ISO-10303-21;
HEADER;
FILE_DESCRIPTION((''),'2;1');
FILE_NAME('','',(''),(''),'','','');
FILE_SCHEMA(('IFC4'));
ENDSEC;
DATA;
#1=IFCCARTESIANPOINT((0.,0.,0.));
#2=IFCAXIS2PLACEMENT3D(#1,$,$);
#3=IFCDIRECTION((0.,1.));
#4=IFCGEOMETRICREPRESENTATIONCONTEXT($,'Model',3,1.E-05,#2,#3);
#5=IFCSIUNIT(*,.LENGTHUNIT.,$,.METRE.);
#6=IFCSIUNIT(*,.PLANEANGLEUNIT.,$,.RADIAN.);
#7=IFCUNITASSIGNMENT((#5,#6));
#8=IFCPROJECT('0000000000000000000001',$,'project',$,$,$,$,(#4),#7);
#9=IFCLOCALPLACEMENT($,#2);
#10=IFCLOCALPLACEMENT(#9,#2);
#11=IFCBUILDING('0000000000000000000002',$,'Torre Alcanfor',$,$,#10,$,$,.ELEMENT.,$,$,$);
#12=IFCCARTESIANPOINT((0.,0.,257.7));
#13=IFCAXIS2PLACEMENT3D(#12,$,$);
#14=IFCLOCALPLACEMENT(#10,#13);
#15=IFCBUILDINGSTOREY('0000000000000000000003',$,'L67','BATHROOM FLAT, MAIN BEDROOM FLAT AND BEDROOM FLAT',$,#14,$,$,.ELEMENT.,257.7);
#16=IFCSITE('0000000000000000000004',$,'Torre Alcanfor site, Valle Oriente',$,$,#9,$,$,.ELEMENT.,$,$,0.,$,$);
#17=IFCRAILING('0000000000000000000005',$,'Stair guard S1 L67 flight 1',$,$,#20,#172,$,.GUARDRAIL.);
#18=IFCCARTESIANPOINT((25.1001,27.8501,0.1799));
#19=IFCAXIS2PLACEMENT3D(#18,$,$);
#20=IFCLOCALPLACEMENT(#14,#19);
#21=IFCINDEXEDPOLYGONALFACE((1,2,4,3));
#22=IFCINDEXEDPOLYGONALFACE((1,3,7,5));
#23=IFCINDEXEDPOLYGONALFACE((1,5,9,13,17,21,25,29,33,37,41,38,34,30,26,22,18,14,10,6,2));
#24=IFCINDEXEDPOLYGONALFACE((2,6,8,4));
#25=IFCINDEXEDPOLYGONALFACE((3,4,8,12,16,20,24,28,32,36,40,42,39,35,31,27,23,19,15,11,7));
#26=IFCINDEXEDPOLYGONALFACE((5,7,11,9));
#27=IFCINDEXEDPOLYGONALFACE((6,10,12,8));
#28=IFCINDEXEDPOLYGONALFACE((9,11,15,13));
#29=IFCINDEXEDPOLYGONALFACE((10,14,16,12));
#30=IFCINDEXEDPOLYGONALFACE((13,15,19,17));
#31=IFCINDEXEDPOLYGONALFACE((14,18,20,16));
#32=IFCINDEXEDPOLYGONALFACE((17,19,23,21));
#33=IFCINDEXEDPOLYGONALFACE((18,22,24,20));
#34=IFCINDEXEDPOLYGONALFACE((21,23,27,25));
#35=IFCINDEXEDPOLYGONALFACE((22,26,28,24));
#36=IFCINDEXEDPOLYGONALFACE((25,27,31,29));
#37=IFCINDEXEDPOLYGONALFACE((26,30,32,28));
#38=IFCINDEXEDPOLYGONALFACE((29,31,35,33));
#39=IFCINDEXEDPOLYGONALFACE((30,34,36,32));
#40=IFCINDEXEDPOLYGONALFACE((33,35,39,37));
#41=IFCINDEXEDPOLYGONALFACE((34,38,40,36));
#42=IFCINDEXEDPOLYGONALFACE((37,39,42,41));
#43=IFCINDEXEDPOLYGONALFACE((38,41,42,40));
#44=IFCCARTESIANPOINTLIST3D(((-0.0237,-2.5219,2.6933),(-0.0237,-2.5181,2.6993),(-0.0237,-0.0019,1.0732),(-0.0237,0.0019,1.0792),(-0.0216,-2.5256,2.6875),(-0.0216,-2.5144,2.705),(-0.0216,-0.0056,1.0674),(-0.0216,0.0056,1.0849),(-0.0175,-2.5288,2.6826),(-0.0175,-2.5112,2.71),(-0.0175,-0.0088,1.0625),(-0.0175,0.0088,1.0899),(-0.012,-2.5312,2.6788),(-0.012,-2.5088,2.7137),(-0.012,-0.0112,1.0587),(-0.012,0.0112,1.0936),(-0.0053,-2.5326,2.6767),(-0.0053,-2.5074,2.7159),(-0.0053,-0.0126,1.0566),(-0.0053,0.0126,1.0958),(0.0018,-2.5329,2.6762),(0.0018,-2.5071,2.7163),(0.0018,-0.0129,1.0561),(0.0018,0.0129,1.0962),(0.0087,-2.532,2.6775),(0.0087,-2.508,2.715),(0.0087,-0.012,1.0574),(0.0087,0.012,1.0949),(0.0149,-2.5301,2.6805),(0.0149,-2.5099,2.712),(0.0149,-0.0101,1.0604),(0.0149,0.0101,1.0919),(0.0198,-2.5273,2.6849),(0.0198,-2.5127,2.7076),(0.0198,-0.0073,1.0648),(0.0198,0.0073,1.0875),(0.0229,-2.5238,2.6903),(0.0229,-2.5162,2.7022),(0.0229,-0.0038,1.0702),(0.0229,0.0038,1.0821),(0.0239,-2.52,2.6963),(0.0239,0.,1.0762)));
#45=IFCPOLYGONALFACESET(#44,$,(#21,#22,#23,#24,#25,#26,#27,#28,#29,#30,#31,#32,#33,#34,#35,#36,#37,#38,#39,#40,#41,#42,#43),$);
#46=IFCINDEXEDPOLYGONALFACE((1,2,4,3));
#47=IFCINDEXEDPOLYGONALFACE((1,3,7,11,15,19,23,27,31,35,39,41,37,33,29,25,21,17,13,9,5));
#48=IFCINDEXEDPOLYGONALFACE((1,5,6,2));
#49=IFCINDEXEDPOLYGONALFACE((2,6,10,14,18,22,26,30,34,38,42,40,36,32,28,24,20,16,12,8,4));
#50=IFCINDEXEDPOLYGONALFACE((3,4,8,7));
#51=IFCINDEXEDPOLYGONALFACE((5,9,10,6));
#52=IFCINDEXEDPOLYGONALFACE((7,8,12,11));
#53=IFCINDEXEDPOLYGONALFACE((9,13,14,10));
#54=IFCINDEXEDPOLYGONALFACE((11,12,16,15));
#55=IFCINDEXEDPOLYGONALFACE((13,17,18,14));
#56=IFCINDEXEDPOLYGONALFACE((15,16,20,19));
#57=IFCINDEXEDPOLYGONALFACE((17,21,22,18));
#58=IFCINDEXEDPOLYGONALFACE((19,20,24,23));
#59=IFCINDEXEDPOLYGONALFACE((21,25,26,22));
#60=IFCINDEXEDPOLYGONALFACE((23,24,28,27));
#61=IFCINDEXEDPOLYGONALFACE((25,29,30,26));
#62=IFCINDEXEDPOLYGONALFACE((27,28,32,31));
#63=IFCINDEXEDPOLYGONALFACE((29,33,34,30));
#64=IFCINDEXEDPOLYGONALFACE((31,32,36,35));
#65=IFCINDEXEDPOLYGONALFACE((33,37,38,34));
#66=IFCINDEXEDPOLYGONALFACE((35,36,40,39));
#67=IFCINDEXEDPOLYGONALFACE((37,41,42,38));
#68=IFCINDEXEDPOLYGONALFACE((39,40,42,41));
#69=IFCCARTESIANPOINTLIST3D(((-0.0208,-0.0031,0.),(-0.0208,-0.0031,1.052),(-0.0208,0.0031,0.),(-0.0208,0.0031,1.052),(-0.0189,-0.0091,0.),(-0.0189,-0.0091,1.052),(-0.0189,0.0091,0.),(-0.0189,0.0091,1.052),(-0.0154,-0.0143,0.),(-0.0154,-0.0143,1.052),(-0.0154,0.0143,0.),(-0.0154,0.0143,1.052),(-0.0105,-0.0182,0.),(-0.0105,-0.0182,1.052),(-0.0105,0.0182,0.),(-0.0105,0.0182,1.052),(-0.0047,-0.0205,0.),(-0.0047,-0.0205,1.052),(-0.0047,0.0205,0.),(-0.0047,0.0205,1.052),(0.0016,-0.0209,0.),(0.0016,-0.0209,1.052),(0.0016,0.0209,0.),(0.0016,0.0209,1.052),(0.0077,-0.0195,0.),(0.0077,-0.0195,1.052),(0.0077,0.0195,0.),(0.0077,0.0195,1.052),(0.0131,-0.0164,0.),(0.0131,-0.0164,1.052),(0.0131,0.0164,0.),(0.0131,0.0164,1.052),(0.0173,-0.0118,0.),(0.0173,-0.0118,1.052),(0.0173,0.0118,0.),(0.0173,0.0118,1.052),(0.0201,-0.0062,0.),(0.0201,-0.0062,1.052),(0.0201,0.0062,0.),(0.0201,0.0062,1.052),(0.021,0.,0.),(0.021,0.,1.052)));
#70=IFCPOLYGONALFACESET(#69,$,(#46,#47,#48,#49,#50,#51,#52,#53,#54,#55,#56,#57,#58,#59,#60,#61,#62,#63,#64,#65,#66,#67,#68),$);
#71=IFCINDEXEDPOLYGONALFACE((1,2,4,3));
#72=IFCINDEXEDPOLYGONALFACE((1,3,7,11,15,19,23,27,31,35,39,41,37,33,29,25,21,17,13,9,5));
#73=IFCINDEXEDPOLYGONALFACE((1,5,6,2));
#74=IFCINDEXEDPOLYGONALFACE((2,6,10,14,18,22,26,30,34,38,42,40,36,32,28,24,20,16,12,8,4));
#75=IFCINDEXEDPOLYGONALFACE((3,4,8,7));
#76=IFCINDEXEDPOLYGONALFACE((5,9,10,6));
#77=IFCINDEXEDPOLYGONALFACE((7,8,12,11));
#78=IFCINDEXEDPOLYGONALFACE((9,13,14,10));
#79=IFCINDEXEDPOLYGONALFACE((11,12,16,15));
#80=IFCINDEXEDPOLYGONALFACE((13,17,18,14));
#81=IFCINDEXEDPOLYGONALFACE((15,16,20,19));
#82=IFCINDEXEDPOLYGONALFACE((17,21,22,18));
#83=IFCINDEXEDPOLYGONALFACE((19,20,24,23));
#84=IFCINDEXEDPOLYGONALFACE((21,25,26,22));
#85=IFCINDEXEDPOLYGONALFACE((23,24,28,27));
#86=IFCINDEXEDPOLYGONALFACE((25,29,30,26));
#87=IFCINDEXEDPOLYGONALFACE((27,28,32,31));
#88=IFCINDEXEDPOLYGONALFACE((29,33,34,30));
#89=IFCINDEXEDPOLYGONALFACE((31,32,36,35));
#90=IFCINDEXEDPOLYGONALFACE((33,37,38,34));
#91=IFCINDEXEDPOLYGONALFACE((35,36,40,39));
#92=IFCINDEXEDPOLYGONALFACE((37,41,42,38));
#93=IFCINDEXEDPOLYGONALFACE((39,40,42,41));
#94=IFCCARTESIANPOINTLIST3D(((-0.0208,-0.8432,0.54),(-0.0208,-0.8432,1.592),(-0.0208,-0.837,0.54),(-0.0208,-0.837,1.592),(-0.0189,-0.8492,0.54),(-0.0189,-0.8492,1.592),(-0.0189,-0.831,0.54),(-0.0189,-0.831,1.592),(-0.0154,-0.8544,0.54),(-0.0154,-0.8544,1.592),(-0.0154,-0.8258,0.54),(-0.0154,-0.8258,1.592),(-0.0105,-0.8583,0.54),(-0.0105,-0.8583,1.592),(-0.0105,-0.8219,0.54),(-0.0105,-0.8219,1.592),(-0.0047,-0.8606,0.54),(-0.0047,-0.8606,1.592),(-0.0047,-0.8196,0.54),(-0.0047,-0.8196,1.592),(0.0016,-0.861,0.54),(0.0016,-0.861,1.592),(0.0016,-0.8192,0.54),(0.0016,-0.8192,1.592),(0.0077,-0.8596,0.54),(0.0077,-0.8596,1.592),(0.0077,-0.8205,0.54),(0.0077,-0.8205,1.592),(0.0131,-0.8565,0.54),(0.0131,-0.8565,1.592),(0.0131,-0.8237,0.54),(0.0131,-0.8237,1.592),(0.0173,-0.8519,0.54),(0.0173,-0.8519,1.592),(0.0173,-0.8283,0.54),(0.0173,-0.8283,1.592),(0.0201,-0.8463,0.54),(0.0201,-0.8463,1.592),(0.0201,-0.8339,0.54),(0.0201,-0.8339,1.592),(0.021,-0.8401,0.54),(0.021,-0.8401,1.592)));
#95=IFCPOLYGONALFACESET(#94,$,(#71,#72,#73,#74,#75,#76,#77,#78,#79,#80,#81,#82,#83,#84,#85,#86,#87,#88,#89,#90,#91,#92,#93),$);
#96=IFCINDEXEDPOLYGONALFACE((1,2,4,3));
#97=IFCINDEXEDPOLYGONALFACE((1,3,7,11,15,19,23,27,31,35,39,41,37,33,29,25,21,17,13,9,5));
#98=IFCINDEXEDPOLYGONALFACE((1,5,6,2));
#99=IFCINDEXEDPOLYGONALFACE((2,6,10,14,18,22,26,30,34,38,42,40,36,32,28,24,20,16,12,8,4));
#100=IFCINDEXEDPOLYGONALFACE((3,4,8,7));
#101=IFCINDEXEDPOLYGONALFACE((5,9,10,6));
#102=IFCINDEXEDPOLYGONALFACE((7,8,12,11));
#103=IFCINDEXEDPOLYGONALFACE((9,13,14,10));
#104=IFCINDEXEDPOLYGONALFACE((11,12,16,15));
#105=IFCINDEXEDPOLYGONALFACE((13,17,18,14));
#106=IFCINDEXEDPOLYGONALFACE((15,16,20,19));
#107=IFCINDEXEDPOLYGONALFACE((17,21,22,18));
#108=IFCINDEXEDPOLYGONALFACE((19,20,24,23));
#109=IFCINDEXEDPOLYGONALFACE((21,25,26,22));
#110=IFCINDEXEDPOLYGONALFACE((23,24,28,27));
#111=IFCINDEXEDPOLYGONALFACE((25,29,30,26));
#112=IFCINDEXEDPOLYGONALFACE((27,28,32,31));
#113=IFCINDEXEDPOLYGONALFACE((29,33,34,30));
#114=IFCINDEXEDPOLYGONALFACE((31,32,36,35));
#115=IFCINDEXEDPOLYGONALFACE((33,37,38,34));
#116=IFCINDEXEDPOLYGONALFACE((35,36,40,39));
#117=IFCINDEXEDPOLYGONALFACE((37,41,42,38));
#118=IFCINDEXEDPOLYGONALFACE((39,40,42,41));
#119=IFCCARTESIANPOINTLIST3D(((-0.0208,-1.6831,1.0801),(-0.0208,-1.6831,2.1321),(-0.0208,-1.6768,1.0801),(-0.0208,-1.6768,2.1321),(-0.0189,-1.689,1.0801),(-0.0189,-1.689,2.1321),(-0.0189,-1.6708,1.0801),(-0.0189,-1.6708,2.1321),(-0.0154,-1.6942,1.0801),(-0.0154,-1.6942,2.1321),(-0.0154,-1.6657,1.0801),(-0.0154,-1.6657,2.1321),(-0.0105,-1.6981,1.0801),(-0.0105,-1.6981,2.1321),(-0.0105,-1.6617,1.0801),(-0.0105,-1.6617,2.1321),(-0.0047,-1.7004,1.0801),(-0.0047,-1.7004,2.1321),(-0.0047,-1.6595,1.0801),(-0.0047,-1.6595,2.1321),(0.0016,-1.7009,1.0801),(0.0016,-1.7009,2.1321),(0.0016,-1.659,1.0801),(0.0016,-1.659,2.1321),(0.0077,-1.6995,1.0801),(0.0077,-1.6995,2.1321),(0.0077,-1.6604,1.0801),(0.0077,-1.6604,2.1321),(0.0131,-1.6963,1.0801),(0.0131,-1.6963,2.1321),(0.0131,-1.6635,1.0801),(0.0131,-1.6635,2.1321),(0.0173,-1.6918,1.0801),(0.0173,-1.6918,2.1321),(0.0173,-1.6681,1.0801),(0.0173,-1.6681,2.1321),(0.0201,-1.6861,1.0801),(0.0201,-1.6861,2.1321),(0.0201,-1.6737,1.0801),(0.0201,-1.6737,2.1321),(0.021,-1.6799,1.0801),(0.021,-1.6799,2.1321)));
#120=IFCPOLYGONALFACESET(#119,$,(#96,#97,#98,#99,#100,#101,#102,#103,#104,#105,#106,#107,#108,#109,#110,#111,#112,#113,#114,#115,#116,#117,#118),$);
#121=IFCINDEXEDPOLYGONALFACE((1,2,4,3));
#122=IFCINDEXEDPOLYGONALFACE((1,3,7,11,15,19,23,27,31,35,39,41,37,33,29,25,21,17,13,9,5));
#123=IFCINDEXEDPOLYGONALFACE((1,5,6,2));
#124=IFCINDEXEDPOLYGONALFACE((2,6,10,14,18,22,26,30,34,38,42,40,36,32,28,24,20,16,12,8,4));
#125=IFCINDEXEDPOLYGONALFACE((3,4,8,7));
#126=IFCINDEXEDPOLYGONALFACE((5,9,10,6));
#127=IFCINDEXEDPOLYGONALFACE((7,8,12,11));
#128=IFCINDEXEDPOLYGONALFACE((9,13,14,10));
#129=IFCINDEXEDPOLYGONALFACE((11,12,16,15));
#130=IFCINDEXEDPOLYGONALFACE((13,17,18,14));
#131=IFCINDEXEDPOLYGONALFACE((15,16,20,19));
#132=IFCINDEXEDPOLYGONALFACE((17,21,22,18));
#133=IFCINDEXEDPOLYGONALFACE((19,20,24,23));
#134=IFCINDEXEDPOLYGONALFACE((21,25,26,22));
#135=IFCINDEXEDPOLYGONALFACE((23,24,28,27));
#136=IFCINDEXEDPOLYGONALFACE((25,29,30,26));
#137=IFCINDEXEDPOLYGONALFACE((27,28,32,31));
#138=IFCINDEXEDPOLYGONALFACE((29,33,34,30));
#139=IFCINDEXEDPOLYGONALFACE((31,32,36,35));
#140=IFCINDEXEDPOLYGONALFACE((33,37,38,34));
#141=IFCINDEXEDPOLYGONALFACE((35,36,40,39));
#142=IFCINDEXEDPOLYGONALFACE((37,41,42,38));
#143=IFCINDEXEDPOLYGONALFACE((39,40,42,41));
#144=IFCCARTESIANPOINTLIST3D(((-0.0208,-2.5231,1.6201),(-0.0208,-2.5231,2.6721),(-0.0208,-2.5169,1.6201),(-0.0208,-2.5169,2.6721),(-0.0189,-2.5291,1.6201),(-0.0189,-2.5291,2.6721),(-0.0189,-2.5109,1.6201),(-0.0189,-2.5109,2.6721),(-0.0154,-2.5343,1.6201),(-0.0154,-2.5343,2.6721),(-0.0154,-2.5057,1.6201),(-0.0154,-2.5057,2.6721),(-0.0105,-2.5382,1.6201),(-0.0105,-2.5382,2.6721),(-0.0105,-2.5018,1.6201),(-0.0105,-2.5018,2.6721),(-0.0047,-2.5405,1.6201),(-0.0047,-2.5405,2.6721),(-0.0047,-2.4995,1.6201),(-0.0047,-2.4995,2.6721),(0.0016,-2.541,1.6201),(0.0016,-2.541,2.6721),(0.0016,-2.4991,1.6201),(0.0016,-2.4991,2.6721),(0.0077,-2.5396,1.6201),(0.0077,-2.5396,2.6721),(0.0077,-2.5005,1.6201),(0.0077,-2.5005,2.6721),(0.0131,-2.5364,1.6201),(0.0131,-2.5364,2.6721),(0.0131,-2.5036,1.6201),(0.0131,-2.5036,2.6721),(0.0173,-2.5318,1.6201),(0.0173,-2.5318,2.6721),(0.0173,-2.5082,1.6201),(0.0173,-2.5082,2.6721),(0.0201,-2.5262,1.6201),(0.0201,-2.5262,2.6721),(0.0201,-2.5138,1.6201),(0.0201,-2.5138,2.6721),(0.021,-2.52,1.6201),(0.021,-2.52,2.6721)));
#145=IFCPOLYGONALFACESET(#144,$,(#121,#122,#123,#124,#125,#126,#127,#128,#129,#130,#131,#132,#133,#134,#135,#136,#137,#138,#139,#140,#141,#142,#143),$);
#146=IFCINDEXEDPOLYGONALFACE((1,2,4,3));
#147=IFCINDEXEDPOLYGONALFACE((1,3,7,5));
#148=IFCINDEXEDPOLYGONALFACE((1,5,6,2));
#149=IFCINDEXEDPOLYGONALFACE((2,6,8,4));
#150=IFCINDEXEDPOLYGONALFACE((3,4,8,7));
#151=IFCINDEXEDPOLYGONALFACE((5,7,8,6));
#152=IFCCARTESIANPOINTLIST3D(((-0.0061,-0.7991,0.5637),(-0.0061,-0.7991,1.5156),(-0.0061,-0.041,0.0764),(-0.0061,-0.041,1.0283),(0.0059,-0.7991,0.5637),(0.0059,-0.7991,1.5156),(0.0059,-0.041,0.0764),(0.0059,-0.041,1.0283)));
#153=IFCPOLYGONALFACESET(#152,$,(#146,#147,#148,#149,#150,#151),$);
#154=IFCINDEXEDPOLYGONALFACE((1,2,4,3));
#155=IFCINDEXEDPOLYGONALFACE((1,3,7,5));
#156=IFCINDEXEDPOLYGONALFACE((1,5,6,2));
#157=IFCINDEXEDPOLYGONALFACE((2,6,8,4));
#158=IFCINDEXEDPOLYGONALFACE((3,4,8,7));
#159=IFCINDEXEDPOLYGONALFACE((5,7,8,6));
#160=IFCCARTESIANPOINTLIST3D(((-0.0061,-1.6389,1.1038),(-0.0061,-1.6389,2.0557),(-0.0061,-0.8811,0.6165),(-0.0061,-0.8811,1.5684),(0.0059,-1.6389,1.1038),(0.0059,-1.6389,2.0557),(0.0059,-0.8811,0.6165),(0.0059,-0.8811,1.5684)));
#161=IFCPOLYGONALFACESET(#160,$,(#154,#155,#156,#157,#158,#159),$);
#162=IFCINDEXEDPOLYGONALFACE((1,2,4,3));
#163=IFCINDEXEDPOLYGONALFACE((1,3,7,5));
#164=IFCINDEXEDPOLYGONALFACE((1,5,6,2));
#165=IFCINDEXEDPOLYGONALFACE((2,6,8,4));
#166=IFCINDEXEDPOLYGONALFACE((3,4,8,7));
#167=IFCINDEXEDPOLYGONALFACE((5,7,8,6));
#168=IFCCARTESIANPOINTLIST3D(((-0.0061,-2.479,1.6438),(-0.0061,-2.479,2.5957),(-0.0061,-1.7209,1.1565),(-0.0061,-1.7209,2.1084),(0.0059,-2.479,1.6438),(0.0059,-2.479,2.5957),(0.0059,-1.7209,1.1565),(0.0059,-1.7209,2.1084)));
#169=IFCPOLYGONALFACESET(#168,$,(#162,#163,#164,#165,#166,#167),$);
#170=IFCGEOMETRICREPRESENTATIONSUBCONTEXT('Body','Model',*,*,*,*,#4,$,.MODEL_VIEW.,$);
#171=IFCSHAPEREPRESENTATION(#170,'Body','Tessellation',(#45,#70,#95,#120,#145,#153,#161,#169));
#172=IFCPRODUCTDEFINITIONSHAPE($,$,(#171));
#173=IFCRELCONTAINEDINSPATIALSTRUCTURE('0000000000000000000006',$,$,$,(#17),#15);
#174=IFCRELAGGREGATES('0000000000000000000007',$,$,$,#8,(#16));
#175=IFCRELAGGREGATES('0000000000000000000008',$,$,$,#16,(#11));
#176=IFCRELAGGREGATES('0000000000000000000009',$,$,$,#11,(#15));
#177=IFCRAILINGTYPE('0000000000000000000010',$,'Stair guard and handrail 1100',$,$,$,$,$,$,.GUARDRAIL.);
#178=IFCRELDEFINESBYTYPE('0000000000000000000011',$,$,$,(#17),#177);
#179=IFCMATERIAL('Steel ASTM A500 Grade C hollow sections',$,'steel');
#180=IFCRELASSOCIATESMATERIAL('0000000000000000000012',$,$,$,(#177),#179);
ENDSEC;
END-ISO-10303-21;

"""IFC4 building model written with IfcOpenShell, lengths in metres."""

from ifc_helpers import new_model, si_unit, direction, frame, origin, origin_2d, place, context, subcontext, project, spatial, polyline, circle, outline, extrude, material, type_object, element, save


model = new_model("IFC4")

# Units and contexts
model_context = context("Model", 3, precision=1e-05, world=origin(), true_north=direction((0.0, 1.0)))
body_context = subcontext(model_context, "Body", "Model", "MODEL_VIEW")
ifc_project = project(units=[si_unit("LENGTHUNIT", "METRE"), si_unit("PLANEANGLEUNIT", "RADIAN")], contexts=[model_context])

# Site, building, storey
site_placement = place(None, origin())
site = spatial("IfcSite", under=ifc_project, at=site_placement, Name="Torre Alcanfor site, Valle Oriente", CompositionType="ELEMENT", RefElevation=0.0)
building_placement = place(site_placement, origin())
building = spatial("IfcBuilding", under=site, at=building_placement, Name="Torre Alcanfor", CompositionType="ELEMENT")
storey_placement = place(building_placement, frame((0.0, 0.0, 257.7)))
storey = spatial("IfcBuildingStorey", under=building, at=storey_placement, Name="L67", Description="BATHROOM FLAT, MAIN BEDROOM FLAT AND BEDROOM FLAT", CompositionType="ELEMENT", Elevation=257.7)

# Railing
ifc_material_1 = material(Name="Steel ASTM A500 Grade C hollow sections", Category="steel")
railing_type_1 = type_object("IfcRailingType", Name="Stair guard and handrail 1100", PredefinedType="GUARDRAIL", material=ifc_material_1)
railing_1_placement = place(storey_placement, frame((25.1001, 27.8501, 0.1799)))
element("IfcRailing", 1, at=railing_1_placement, inside=storey, type_object=railing_type_1, Name="Stair guard S1 L67 flight 1", PredefinedType="GUARDRAIL", context=body_context, shape_type="SweptSolid", body=[
    extrude(circle(Radius=0.0239, at=origin_2d()), frame((0.0, 0.0, 1.0762), z_axis=(0.0, -0.841163, 0.540782), x_axis=(1.0, 0.0, 0.0)), (0.0, 0.0, 1.0), 2.9958),
    extrude(circle(Radius=0.021, at=origin_2d()), origin(), (0.0, 0.0, 1.0), 1.052),
    extrude(circle(Radius=0.021, at=origin_2d()), frame((0.0, -0.8401, 0.54)), (0.0, 0.0, 1.0), 1.052),
    extrude(circle(Radius=0.021, at=origin_2d()), frame((0.0, -1.6799, 1.0801)), (0.0, 0.0, 1.0), 1.052),
    extrude(circle(Radius=0.021, at=origin_2d()), frame((0.0, -2.52, 1.6201)), (0.0, 0.0, 1.0), 1.052),
    extrude(outline(polyline([(0.041, 0.0764), (0.7991, 0.5637), (0.7991, 1.5156), (0.041, 1.0283), (0.041, 0.0764)])), frame((0.0059, 0.0, 0.0), z_axis=(-1.0, 0.0, 0.0), x_axis=(0.0, -1.0, 0.0)), (0.0, 0.0, 1.0), 0.012),
    extrude(outline(polyline([(0.8811, 0.6165), (1.6389, 1.1038), (1.6389, 2.0557), (0.8811, 1.5684), (0.8811, 0.6165)])), frame((0.0059, 0.0, 0.0), z_axis=(-1.0, 0.0, 0.0), x_axis=(0.0, -1.0, 0.0)), (0.0, 0.0, 1.0), 0.012),
    extrude(outline(polyline([(1.7209, 1.1565), (2.479, 1.6438), (2.479, 2.5957), (1.7209, 2.1084), (1.7209, 1.1565)])), frame((0.0059, 0.0, 0.0), z_axis=(-1.0, 0.0, 0.0), x_axis=(0.0, -1.0, 0.0)), (0.0, 0.0, 1.0), 0.012),
])

save(model, "model.ifc")
